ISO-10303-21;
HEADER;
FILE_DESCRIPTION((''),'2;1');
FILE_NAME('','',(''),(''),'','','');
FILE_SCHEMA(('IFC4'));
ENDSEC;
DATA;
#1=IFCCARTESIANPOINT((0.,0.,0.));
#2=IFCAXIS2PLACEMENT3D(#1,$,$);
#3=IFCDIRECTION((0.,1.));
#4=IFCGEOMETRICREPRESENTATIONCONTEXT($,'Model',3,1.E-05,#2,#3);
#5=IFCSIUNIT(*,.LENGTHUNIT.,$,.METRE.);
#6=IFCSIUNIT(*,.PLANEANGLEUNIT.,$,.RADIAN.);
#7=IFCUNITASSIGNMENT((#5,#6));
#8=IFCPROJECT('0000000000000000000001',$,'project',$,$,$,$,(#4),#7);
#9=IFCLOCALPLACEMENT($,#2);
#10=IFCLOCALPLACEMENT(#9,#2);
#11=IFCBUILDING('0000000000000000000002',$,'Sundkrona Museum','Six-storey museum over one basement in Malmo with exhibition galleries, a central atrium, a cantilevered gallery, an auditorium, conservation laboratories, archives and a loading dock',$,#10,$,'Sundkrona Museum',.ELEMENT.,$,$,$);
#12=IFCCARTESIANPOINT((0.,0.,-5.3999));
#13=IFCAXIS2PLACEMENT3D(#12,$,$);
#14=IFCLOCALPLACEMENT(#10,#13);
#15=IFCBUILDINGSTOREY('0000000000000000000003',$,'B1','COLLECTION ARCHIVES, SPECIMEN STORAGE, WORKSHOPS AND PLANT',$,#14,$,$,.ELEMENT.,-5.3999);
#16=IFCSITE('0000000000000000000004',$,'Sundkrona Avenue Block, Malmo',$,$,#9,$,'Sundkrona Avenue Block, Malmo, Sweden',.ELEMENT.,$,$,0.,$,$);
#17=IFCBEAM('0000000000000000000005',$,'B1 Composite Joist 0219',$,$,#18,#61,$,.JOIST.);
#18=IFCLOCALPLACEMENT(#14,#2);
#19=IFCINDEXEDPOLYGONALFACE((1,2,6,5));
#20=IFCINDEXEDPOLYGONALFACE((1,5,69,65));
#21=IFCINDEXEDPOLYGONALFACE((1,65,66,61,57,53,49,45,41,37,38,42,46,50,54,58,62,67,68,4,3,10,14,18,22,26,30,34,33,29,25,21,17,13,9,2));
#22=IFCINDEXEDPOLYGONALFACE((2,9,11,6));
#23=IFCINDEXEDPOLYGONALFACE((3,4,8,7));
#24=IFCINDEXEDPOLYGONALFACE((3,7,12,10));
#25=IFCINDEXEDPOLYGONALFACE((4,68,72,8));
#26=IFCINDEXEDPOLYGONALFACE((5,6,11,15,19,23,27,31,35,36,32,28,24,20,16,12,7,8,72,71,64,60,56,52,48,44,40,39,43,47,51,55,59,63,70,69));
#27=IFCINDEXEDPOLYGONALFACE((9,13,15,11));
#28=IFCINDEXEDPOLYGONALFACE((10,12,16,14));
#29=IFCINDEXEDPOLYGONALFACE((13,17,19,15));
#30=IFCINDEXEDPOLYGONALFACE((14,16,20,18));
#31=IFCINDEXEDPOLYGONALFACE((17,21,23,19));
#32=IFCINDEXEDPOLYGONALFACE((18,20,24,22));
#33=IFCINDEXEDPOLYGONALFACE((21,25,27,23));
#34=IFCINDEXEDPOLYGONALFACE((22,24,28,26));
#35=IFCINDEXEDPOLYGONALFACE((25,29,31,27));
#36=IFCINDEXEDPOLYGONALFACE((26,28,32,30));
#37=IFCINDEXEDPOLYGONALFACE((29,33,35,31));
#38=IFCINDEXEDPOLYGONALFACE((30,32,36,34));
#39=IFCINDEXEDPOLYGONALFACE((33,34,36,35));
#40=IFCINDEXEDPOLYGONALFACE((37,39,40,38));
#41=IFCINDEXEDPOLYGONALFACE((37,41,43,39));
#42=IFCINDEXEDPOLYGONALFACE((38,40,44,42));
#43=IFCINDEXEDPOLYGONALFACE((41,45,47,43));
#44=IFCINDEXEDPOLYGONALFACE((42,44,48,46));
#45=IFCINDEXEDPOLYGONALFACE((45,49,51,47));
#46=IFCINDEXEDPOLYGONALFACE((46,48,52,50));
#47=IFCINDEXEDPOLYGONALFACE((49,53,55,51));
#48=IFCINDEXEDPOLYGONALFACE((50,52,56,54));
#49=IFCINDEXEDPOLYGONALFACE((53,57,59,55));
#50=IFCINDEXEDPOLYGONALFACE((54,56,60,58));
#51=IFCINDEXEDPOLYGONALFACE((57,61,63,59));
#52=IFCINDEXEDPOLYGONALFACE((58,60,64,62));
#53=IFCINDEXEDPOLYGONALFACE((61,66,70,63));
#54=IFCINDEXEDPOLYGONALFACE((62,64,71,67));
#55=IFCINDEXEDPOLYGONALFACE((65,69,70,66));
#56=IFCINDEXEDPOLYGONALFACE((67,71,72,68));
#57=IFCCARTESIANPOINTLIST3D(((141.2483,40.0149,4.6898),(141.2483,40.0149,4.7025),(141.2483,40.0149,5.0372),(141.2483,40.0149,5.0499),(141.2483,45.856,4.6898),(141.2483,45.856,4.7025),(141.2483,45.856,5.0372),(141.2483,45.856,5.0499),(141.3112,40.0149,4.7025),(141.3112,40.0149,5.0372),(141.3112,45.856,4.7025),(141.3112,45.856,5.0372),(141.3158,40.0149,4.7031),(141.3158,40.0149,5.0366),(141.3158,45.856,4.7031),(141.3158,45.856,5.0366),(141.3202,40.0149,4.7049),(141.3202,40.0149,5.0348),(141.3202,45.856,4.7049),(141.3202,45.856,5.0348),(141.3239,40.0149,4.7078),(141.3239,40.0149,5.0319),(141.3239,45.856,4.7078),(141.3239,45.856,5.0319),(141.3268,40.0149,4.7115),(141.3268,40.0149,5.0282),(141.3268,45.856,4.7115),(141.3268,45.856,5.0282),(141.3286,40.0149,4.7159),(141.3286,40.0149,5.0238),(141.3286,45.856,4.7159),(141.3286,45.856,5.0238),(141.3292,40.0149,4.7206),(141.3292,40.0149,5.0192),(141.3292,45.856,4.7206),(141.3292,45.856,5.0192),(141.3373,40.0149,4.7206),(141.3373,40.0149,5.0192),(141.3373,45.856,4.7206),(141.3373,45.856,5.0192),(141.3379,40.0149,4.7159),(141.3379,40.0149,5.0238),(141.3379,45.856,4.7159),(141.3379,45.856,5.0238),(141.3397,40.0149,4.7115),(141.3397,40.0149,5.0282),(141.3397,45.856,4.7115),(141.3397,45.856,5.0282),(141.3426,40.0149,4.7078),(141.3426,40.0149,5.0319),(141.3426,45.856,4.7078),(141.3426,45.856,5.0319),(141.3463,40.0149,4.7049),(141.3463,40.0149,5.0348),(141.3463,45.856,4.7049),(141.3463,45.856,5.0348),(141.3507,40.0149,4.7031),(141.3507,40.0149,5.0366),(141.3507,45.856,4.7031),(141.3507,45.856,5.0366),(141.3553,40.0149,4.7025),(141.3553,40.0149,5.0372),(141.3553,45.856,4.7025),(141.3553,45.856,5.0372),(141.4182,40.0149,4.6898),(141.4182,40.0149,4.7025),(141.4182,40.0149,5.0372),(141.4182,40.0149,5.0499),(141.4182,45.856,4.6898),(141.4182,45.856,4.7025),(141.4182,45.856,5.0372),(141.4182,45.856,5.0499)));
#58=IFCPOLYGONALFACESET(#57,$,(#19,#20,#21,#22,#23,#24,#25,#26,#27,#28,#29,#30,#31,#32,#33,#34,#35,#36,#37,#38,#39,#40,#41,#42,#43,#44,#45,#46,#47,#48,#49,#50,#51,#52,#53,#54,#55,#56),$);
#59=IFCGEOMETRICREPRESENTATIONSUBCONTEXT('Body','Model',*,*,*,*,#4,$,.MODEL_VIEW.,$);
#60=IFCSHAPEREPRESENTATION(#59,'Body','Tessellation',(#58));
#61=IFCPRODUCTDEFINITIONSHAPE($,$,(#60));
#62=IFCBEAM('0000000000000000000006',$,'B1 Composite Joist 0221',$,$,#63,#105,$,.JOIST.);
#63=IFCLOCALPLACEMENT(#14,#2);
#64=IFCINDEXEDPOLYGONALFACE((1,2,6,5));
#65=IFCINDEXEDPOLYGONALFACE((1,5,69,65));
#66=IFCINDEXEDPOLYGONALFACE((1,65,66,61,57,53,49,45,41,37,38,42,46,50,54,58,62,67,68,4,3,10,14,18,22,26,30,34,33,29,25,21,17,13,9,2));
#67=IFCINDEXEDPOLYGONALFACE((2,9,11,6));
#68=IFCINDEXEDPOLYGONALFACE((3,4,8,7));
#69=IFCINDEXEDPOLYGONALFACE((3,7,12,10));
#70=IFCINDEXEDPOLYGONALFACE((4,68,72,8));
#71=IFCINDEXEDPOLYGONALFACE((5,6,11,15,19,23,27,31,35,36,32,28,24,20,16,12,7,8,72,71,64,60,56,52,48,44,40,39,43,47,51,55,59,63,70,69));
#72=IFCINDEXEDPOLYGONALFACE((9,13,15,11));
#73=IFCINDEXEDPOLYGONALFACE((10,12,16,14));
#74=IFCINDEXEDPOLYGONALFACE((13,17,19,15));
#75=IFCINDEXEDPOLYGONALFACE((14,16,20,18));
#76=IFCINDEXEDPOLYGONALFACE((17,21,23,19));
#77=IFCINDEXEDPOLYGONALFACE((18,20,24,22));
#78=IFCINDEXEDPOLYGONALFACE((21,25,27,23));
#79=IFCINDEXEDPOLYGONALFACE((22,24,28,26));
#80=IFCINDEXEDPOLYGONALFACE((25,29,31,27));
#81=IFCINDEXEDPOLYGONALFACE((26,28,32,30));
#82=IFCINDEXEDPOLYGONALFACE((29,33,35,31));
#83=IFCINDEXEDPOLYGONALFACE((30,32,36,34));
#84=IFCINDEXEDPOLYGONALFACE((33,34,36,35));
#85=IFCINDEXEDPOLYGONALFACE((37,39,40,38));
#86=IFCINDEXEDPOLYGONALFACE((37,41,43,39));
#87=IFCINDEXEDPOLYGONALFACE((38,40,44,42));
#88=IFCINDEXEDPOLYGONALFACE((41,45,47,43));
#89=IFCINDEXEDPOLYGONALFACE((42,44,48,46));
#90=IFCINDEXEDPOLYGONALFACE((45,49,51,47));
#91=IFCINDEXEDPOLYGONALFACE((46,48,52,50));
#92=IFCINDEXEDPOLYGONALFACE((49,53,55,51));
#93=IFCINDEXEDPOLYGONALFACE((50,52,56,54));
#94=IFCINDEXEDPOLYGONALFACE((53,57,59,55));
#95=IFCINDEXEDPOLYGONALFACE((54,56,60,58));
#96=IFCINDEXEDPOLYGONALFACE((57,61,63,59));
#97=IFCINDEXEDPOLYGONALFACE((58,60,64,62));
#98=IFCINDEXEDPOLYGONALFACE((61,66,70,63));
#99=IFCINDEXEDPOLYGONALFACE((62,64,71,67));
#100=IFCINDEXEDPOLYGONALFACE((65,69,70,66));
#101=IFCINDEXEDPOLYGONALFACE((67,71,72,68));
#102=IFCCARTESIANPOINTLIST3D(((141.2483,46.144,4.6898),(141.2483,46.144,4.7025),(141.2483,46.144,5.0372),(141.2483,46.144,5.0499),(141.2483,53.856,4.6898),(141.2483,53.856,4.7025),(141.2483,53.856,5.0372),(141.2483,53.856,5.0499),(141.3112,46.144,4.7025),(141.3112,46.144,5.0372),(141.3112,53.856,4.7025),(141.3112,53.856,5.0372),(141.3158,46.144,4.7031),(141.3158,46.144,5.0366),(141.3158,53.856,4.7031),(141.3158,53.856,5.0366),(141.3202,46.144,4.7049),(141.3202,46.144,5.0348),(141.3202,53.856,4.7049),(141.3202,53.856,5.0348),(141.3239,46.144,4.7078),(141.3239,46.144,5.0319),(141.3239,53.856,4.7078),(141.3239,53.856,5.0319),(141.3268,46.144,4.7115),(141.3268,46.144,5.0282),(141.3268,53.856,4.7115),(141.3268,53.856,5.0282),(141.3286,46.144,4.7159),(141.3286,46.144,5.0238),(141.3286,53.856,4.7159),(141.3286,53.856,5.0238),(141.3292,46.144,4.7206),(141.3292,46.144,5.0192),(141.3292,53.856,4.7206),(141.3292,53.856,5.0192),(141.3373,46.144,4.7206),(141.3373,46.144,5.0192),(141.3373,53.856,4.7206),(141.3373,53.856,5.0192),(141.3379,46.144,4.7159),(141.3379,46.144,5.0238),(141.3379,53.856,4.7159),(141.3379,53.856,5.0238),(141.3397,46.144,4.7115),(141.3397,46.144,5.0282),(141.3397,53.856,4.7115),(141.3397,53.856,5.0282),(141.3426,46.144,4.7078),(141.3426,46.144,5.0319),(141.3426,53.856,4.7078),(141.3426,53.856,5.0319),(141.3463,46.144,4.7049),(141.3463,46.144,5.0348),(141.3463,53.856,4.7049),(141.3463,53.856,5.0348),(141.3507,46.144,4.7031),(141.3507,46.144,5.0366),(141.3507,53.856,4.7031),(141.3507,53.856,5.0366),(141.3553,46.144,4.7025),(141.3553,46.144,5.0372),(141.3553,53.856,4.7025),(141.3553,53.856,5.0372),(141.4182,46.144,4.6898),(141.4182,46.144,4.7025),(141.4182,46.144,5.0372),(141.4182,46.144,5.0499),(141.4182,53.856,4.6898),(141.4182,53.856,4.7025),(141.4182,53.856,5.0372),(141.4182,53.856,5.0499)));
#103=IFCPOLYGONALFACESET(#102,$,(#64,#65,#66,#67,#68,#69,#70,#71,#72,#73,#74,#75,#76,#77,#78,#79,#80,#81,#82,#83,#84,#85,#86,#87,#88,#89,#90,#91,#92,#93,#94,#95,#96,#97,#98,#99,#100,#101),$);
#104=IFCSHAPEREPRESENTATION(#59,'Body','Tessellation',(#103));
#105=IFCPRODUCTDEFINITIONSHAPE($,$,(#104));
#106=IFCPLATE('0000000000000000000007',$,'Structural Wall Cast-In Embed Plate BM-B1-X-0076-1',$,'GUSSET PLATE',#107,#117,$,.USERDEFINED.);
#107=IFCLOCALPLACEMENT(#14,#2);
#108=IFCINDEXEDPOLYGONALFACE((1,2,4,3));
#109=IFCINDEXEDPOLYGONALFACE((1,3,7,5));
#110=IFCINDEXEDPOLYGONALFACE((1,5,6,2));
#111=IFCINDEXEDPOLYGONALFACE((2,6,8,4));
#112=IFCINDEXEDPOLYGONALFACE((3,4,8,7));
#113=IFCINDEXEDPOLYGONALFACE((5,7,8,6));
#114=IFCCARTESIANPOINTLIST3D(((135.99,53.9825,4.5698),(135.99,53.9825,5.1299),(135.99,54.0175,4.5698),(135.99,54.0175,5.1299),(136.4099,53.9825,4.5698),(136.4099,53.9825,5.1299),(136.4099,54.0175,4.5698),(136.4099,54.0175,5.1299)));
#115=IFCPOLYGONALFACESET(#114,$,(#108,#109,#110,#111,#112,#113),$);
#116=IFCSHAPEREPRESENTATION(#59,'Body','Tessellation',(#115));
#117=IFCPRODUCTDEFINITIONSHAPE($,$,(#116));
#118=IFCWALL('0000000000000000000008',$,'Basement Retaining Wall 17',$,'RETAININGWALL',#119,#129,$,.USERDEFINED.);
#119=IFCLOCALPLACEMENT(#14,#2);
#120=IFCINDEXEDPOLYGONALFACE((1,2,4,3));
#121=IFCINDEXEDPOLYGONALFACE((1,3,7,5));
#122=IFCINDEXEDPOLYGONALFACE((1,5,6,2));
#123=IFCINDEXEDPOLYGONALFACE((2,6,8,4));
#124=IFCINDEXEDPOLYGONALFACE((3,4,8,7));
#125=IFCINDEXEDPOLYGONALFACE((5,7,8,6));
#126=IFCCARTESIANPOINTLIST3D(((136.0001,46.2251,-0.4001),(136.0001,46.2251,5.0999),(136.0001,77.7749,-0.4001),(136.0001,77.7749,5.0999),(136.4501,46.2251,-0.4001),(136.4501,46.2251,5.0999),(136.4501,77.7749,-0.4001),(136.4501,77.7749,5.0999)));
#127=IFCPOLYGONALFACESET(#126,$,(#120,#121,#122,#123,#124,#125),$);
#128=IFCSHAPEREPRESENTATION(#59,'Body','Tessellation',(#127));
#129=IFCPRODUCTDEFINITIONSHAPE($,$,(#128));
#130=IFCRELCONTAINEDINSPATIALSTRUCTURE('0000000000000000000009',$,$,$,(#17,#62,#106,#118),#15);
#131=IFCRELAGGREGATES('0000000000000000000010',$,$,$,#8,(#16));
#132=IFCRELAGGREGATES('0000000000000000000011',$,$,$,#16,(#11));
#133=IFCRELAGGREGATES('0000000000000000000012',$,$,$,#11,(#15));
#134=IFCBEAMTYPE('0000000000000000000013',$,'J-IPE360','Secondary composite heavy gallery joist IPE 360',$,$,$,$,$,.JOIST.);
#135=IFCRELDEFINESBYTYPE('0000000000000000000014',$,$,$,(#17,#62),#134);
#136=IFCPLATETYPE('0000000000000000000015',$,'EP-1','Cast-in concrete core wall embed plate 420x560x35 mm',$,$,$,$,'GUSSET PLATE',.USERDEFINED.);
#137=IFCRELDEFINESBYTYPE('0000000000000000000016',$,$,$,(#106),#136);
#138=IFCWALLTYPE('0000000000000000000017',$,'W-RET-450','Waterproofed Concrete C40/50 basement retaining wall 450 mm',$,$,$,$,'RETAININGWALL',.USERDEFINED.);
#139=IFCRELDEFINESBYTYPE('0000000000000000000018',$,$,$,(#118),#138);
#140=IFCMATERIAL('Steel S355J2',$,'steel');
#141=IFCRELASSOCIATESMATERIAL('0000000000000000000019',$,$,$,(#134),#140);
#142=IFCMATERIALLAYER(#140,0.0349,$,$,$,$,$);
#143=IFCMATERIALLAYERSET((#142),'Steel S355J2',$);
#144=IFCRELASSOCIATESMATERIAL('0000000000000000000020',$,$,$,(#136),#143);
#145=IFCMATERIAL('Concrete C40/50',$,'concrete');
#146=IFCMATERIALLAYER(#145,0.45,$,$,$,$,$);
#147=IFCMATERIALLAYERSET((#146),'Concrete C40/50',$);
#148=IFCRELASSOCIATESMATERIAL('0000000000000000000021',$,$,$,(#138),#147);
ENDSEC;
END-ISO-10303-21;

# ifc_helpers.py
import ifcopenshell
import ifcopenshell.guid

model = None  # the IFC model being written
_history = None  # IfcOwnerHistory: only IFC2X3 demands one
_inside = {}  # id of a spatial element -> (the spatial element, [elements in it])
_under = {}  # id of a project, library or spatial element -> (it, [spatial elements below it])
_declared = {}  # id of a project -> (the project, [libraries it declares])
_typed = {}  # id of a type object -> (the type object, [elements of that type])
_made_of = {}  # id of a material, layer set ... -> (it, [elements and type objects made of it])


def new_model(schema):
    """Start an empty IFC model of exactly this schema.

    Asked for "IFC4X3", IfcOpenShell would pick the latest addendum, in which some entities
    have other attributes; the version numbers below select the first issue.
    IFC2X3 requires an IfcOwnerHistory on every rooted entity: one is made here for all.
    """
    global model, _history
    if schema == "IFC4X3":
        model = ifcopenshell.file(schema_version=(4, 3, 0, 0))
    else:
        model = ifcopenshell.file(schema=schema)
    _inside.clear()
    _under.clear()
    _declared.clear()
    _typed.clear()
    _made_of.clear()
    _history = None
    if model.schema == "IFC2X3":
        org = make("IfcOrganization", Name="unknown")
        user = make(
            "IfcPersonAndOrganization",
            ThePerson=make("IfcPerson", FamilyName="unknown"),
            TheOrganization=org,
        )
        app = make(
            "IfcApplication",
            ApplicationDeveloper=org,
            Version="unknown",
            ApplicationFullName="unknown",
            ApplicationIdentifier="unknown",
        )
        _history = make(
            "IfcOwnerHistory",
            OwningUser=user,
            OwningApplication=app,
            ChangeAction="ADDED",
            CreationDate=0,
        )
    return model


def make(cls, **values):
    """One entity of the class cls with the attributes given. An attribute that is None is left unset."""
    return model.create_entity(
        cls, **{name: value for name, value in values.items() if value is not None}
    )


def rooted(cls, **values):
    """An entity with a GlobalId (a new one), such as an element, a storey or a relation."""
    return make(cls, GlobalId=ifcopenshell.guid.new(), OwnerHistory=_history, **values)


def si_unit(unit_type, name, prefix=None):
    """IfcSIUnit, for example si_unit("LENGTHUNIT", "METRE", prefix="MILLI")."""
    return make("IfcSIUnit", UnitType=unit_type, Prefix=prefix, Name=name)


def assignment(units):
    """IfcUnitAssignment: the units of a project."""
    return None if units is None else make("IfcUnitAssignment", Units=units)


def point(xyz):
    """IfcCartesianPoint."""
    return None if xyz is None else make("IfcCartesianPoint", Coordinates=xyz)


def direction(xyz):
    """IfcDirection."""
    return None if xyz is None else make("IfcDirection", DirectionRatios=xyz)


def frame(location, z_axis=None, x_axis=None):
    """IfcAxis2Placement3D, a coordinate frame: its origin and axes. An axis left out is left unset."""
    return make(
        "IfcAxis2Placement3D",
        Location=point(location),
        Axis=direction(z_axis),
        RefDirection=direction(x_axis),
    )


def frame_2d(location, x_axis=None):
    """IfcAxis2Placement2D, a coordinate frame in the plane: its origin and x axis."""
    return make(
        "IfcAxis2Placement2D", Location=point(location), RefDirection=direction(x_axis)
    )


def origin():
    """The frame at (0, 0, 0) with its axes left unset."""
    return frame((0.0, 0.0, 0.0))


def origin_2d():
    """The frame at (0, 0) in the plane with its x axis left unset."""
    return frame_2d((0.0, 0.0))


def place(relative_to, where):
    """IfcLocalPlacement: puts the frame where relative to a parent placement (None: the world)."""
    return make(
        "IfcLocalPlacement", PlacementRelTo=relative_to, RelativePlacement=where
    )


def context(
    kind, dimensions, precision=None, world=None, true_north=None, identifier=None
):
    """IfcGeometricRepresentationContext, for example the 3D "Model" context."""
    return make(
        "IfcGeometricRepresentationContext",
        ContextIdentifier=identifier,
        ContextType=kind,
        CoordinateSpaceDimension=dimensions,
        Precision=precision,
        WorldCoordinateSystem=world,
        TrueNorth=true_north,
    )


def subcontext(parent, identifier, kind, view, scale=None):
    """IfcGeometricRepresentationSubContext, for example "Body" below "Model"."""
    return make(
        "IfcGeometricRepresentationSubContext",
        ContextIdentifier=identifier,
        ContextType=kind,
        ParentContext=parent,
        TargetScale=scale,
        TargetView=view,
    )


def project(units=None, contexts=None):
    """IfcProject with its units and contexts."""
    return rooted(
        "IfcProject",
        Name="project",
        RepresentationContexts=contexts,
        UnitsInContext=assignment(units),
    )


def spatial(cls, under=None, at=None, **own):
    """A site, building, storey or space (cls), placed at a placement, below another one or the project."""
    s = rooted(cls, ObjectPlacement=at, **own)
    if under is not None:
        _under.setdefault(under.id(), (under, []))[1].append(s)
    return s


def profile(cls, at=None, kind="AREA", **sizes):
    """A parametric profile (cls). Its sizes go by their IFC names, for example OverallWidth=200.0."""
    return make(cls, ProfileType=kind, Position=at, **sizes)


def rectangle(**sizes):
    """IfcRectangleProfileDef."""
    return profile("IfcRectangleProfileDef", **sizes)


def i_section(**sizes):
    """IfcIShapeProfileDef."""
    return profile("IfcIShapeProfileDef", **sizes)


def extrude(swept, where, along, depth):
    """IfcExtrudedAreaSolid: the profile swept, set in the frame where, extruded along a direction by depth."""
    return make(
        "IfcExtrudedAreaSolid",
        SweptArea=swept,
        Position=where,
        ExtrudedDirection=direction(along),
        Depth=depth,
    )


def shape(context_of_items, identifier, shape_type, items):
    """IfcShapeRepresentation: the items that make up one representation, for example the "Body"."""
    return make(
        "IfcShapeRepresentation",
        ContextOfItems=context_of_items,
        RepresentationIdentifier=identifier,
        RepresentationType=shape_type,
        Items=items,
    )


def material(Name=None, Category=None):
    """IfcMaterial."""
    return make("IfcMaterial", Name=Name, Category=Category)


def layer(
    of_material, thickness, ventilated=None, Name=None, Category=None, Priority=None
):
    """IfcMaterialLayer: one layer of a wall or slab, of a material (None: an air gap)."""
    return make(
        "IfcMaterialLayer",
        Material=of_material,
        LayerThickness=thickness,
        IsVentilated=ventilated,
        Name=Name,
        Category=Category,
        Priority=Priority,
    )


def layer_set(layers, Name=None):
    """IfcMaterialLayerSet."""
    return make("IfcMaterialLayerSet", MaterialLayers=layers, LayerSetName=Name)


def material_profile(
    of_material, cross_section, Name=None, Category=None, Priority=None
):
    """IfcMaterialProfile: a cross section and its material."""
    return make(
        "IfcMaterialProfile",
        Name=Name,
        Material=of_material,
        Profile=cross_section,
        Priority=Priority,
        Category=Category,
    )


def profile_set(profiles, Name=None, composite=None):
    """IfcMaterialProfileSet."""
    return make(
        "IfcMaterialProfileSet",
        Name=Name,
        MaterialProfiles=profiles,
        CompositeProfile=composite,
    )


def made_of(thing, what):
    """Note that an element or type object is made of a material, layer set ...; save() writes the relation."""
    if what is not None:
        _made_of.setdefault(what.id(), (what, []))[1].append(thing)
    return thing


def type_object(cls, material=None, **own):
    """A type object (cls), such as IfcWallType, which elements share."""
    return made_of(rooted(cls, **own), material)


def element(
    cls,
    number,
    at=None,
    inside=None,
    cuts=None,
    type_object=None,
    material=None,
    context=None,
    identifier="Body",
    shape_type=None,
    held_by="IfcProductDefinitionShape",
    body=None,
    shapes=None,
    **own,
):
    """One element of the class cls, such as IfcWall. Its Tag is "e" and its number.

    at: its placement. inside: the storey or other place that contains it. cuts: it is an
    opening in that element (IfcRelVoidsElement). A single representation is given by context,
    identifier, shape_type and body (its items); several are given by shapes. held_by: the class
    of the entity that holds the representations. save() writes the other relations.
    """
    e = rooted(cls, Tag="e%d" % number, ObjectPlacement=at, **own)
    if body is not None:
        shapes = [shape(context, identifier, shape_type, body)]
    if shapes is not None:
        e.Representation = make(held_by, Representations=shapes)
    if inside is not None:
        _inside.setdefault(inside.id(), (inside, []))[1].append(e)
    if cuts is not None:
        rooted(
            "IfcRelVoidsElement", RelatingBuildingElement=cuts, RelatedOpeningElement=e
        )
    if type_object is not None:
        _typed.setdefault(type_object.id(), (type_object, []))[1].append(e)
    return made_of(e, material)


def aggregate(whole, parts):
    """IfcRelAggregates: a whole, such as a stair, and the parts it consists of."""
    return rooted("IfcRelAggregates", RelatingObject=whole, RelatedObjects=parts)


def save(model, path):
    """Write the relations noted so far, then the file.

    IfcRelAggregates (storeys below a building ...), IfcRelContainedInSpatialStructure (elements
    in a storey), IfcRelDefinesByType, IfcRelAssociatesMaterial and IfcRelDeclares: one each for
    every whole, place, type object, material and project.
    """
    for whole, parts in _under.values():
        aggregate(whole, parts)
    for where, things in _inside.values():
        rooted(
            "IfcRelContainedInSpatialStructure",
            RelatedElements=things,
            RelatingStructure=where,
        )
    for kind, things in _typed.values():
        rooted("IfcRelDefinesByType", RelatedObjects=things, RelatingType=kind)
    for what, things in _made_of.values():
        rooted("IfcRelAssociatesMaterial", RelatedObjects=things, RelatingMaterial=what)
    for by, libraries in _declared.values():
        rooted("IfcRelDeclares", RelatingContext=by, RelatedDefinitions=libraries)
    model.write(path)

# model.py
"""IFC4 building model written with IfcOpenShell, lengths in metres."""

from ifc_helpers import new_model, si_unit, direction, frame, frame_2d, origin, origin_2d, place, context, subcontext, project, spatial, rectangle, i_section, extrude, material, layer, layer_set, material_profile, profile_set, type_object, element, save


model = new_model("IFC4")

# Units and contexts
model_context = context("Model", 3, precision=1e-05, world=origin(), true_north=direction((0.0, 1.0)))
body_context = subcontext(model_context, "Body", "Model", "MODEL_VIEW")
ifc_project = project(units=[si_unit("LENGTHUNIT", "METRE"), si_unit("PLANEANGLEUNIT", "RADIAN")], contexts=[model_context])

# Site, building, storey
site_placement = place(None, origin())
site = spatial("IfcSite", under=ifc_project, at=site_placement, Name="Sundkrona Avenue Block, Malmo", LongName="Sundkrona Avenue Block, Malmo, Sweden", CompositionType="ELEMENT", RefElevation=0.0)
building_placement = place(site_placement, origin())
building = spatial("IfcBuilding", under=site, at=building_placement, Name="Sundkrona Museum", Description="Six-storey museum over one basement in Malmo with exhibition galleries, a central atrium, a cantilevered gallery, an auditorium, conservation laboratories, archives and a loading dock", LongName="Sundkrona Museum", CompositionType="ELEMENT")
storey_placement = place(building_placement, frame((0.0, 0.0, -5.3999)))
storey = spatial("IfcBuildingStorey", under=building, at=storey_placement, Name="B1", Description="COLLECTION ARCHIVES, SPECIMEN STORAGE, WORKSHOPS AND PLANT", CompositionType="ELEMENT", Elevation=-5.3999)

# Shared definitions
ifc_material_1 = material(Name="Concrete C40/50", Category="concrete")

# Beams
ifc_material_2 = material(Name="Steel S355J2", Category="steel")
ifc_material_profile_1 = material_profile(ifc_material_2, i_section(OverallWidth=0.1699, OverallDepth=0.3601, WebThickness=0.0081, FlangeThickness=0.0127, FilletRadius=0.0181, at=origin_2d()), Name="IPE 360")
ifc_profile_set_1 = profile_set([ifc_material_profile_1], Name="Steel S355J2")
beam_type_1 = type_object("IfcBeamType", Name="J-IPE360", Description="Secondary composite heavy gallery joist IPE 360", PredefinedType="JOIST", material=ifc_profile_set_1)
for number, where, z_axis, x_axis, name in (
    (1, (141.3333, 40.0149, 4.8699), (0.0, 1.0, 0.0), (-1.0, 0.0, 0.0), "B1 Composite Joist 0219"),
):
    element("IfcBeam", number, at=place(storey_placement, frame(where, z_axis=z_axis, x_axis=x_axis)), inside=storey, type_object=beam_type_1, Name=name, PredefinedType="JOIST", context=body_context, shape_type="SweptSolid", body=[
        extrude(i_section(OverallWidth=0.1699, OverallDepth=0.3601, WebThickness=0.0081, FlangeThickness=0.0127, FilletRadius=0.0181, at=origin_2d()), origin(), (0.0, 0.0, 1.0), 5.8411),
    ])
beam_1_placement = place(storey_placement, frame((141.3333, 46.144, 4.8699), z_axis=(0.0, 1.0, 0.0), x_axis=(-1.0, 0.0, 0.0)))
element("IfcBeam", 2, at=beam_1_placement, inside=storey, type_object=beam_type_1, Name="B1 Composite Joist 0221", PredefinedType="JOIST", context=body_context, shape_type="SweptSolid", body=[
    extrude(i_section(OverallWidth=0.1699, OverallDepth=0.3601, WebThickness=0.0081, FlangeThickness=0.0127, FilletRadius=0.0181, at=origin_2d()), origin(), (0.0, 0.0, 1.0), 7.7119),
])

# Plate
ifc_layer_1 = layer(ifc_material_2, 0.0349)
ifc_layer_set_1 = layer_set([ifc_layer_1], Name="Steel S355J2")
plate_type = type_object("IfcPlateType", Name="EP-1", Description="Cast-in concrete core wall embed plate 420x560x35 mm", ElementType="GUSSET PLATE", PredefinedType="USERDEFINED", material=ifc_layer_set_1)
plate_placement = place(storey_placement, frame((136.2, 54.0, 4.5698), z_axis=(0.0, 0.0, 1.0), x_axis=(1.0, 0.0, 0.0)))
element("IfcPlate", 3, at=plate_placement, inside=storey, type_object=plate_type, Name="Structural Wall Cast-In Embed Plate BM-B1-X-0076-1", ObjectType="GUSSET PLATE", PredefinedType="USERDEFINED", context=body_context, shape_type="SweptSolid", body=[
    extrude(rectangle(XDim=0.4199, YDim=0.0349, at=origin_2d()), origin(), (0.0, 0.0, 1.0), 0.5601),
])

# Wall
ifc_layer_2 = layer(ifc_material_1, 0.45)
ifc_layer_set_2 = layer_set([ifc_layer_2], Name="Concrete C40/50")
wall_type = type_object("IfcWallType", Name="W-RET-450", Description="Waterproofed Concrete C40/50 basement retaining wall 450 mm", ElementType="RETAININGWALL", PredefinedType="USERDEFINED", material=ifc_layer_set_2)
wall_placement = place(storey_placement, frame((136.2251, 46.2251, -0.4001), z_axis=(0.0, 0.0, 1.0), x_axis=(0.0, 1.0, 0.0)))
element("IfcWall", 4, at=wall_placement, inside=storey, type_object=wall_type, Name="Basement Retaining Wall 17", ObjectType="RETAININGWALL", PredefinedType="USERDEFINED", context=body_context, shape_type="SweptSolid", body=[
    extrude(rectangle(XDim=31.5498, YDim=0.45, at=frame_2d((15.7749, 0.0))), origin(), (0.0, 0.0, 1.0), 5.5),
])

save(model, "model.ifc")
